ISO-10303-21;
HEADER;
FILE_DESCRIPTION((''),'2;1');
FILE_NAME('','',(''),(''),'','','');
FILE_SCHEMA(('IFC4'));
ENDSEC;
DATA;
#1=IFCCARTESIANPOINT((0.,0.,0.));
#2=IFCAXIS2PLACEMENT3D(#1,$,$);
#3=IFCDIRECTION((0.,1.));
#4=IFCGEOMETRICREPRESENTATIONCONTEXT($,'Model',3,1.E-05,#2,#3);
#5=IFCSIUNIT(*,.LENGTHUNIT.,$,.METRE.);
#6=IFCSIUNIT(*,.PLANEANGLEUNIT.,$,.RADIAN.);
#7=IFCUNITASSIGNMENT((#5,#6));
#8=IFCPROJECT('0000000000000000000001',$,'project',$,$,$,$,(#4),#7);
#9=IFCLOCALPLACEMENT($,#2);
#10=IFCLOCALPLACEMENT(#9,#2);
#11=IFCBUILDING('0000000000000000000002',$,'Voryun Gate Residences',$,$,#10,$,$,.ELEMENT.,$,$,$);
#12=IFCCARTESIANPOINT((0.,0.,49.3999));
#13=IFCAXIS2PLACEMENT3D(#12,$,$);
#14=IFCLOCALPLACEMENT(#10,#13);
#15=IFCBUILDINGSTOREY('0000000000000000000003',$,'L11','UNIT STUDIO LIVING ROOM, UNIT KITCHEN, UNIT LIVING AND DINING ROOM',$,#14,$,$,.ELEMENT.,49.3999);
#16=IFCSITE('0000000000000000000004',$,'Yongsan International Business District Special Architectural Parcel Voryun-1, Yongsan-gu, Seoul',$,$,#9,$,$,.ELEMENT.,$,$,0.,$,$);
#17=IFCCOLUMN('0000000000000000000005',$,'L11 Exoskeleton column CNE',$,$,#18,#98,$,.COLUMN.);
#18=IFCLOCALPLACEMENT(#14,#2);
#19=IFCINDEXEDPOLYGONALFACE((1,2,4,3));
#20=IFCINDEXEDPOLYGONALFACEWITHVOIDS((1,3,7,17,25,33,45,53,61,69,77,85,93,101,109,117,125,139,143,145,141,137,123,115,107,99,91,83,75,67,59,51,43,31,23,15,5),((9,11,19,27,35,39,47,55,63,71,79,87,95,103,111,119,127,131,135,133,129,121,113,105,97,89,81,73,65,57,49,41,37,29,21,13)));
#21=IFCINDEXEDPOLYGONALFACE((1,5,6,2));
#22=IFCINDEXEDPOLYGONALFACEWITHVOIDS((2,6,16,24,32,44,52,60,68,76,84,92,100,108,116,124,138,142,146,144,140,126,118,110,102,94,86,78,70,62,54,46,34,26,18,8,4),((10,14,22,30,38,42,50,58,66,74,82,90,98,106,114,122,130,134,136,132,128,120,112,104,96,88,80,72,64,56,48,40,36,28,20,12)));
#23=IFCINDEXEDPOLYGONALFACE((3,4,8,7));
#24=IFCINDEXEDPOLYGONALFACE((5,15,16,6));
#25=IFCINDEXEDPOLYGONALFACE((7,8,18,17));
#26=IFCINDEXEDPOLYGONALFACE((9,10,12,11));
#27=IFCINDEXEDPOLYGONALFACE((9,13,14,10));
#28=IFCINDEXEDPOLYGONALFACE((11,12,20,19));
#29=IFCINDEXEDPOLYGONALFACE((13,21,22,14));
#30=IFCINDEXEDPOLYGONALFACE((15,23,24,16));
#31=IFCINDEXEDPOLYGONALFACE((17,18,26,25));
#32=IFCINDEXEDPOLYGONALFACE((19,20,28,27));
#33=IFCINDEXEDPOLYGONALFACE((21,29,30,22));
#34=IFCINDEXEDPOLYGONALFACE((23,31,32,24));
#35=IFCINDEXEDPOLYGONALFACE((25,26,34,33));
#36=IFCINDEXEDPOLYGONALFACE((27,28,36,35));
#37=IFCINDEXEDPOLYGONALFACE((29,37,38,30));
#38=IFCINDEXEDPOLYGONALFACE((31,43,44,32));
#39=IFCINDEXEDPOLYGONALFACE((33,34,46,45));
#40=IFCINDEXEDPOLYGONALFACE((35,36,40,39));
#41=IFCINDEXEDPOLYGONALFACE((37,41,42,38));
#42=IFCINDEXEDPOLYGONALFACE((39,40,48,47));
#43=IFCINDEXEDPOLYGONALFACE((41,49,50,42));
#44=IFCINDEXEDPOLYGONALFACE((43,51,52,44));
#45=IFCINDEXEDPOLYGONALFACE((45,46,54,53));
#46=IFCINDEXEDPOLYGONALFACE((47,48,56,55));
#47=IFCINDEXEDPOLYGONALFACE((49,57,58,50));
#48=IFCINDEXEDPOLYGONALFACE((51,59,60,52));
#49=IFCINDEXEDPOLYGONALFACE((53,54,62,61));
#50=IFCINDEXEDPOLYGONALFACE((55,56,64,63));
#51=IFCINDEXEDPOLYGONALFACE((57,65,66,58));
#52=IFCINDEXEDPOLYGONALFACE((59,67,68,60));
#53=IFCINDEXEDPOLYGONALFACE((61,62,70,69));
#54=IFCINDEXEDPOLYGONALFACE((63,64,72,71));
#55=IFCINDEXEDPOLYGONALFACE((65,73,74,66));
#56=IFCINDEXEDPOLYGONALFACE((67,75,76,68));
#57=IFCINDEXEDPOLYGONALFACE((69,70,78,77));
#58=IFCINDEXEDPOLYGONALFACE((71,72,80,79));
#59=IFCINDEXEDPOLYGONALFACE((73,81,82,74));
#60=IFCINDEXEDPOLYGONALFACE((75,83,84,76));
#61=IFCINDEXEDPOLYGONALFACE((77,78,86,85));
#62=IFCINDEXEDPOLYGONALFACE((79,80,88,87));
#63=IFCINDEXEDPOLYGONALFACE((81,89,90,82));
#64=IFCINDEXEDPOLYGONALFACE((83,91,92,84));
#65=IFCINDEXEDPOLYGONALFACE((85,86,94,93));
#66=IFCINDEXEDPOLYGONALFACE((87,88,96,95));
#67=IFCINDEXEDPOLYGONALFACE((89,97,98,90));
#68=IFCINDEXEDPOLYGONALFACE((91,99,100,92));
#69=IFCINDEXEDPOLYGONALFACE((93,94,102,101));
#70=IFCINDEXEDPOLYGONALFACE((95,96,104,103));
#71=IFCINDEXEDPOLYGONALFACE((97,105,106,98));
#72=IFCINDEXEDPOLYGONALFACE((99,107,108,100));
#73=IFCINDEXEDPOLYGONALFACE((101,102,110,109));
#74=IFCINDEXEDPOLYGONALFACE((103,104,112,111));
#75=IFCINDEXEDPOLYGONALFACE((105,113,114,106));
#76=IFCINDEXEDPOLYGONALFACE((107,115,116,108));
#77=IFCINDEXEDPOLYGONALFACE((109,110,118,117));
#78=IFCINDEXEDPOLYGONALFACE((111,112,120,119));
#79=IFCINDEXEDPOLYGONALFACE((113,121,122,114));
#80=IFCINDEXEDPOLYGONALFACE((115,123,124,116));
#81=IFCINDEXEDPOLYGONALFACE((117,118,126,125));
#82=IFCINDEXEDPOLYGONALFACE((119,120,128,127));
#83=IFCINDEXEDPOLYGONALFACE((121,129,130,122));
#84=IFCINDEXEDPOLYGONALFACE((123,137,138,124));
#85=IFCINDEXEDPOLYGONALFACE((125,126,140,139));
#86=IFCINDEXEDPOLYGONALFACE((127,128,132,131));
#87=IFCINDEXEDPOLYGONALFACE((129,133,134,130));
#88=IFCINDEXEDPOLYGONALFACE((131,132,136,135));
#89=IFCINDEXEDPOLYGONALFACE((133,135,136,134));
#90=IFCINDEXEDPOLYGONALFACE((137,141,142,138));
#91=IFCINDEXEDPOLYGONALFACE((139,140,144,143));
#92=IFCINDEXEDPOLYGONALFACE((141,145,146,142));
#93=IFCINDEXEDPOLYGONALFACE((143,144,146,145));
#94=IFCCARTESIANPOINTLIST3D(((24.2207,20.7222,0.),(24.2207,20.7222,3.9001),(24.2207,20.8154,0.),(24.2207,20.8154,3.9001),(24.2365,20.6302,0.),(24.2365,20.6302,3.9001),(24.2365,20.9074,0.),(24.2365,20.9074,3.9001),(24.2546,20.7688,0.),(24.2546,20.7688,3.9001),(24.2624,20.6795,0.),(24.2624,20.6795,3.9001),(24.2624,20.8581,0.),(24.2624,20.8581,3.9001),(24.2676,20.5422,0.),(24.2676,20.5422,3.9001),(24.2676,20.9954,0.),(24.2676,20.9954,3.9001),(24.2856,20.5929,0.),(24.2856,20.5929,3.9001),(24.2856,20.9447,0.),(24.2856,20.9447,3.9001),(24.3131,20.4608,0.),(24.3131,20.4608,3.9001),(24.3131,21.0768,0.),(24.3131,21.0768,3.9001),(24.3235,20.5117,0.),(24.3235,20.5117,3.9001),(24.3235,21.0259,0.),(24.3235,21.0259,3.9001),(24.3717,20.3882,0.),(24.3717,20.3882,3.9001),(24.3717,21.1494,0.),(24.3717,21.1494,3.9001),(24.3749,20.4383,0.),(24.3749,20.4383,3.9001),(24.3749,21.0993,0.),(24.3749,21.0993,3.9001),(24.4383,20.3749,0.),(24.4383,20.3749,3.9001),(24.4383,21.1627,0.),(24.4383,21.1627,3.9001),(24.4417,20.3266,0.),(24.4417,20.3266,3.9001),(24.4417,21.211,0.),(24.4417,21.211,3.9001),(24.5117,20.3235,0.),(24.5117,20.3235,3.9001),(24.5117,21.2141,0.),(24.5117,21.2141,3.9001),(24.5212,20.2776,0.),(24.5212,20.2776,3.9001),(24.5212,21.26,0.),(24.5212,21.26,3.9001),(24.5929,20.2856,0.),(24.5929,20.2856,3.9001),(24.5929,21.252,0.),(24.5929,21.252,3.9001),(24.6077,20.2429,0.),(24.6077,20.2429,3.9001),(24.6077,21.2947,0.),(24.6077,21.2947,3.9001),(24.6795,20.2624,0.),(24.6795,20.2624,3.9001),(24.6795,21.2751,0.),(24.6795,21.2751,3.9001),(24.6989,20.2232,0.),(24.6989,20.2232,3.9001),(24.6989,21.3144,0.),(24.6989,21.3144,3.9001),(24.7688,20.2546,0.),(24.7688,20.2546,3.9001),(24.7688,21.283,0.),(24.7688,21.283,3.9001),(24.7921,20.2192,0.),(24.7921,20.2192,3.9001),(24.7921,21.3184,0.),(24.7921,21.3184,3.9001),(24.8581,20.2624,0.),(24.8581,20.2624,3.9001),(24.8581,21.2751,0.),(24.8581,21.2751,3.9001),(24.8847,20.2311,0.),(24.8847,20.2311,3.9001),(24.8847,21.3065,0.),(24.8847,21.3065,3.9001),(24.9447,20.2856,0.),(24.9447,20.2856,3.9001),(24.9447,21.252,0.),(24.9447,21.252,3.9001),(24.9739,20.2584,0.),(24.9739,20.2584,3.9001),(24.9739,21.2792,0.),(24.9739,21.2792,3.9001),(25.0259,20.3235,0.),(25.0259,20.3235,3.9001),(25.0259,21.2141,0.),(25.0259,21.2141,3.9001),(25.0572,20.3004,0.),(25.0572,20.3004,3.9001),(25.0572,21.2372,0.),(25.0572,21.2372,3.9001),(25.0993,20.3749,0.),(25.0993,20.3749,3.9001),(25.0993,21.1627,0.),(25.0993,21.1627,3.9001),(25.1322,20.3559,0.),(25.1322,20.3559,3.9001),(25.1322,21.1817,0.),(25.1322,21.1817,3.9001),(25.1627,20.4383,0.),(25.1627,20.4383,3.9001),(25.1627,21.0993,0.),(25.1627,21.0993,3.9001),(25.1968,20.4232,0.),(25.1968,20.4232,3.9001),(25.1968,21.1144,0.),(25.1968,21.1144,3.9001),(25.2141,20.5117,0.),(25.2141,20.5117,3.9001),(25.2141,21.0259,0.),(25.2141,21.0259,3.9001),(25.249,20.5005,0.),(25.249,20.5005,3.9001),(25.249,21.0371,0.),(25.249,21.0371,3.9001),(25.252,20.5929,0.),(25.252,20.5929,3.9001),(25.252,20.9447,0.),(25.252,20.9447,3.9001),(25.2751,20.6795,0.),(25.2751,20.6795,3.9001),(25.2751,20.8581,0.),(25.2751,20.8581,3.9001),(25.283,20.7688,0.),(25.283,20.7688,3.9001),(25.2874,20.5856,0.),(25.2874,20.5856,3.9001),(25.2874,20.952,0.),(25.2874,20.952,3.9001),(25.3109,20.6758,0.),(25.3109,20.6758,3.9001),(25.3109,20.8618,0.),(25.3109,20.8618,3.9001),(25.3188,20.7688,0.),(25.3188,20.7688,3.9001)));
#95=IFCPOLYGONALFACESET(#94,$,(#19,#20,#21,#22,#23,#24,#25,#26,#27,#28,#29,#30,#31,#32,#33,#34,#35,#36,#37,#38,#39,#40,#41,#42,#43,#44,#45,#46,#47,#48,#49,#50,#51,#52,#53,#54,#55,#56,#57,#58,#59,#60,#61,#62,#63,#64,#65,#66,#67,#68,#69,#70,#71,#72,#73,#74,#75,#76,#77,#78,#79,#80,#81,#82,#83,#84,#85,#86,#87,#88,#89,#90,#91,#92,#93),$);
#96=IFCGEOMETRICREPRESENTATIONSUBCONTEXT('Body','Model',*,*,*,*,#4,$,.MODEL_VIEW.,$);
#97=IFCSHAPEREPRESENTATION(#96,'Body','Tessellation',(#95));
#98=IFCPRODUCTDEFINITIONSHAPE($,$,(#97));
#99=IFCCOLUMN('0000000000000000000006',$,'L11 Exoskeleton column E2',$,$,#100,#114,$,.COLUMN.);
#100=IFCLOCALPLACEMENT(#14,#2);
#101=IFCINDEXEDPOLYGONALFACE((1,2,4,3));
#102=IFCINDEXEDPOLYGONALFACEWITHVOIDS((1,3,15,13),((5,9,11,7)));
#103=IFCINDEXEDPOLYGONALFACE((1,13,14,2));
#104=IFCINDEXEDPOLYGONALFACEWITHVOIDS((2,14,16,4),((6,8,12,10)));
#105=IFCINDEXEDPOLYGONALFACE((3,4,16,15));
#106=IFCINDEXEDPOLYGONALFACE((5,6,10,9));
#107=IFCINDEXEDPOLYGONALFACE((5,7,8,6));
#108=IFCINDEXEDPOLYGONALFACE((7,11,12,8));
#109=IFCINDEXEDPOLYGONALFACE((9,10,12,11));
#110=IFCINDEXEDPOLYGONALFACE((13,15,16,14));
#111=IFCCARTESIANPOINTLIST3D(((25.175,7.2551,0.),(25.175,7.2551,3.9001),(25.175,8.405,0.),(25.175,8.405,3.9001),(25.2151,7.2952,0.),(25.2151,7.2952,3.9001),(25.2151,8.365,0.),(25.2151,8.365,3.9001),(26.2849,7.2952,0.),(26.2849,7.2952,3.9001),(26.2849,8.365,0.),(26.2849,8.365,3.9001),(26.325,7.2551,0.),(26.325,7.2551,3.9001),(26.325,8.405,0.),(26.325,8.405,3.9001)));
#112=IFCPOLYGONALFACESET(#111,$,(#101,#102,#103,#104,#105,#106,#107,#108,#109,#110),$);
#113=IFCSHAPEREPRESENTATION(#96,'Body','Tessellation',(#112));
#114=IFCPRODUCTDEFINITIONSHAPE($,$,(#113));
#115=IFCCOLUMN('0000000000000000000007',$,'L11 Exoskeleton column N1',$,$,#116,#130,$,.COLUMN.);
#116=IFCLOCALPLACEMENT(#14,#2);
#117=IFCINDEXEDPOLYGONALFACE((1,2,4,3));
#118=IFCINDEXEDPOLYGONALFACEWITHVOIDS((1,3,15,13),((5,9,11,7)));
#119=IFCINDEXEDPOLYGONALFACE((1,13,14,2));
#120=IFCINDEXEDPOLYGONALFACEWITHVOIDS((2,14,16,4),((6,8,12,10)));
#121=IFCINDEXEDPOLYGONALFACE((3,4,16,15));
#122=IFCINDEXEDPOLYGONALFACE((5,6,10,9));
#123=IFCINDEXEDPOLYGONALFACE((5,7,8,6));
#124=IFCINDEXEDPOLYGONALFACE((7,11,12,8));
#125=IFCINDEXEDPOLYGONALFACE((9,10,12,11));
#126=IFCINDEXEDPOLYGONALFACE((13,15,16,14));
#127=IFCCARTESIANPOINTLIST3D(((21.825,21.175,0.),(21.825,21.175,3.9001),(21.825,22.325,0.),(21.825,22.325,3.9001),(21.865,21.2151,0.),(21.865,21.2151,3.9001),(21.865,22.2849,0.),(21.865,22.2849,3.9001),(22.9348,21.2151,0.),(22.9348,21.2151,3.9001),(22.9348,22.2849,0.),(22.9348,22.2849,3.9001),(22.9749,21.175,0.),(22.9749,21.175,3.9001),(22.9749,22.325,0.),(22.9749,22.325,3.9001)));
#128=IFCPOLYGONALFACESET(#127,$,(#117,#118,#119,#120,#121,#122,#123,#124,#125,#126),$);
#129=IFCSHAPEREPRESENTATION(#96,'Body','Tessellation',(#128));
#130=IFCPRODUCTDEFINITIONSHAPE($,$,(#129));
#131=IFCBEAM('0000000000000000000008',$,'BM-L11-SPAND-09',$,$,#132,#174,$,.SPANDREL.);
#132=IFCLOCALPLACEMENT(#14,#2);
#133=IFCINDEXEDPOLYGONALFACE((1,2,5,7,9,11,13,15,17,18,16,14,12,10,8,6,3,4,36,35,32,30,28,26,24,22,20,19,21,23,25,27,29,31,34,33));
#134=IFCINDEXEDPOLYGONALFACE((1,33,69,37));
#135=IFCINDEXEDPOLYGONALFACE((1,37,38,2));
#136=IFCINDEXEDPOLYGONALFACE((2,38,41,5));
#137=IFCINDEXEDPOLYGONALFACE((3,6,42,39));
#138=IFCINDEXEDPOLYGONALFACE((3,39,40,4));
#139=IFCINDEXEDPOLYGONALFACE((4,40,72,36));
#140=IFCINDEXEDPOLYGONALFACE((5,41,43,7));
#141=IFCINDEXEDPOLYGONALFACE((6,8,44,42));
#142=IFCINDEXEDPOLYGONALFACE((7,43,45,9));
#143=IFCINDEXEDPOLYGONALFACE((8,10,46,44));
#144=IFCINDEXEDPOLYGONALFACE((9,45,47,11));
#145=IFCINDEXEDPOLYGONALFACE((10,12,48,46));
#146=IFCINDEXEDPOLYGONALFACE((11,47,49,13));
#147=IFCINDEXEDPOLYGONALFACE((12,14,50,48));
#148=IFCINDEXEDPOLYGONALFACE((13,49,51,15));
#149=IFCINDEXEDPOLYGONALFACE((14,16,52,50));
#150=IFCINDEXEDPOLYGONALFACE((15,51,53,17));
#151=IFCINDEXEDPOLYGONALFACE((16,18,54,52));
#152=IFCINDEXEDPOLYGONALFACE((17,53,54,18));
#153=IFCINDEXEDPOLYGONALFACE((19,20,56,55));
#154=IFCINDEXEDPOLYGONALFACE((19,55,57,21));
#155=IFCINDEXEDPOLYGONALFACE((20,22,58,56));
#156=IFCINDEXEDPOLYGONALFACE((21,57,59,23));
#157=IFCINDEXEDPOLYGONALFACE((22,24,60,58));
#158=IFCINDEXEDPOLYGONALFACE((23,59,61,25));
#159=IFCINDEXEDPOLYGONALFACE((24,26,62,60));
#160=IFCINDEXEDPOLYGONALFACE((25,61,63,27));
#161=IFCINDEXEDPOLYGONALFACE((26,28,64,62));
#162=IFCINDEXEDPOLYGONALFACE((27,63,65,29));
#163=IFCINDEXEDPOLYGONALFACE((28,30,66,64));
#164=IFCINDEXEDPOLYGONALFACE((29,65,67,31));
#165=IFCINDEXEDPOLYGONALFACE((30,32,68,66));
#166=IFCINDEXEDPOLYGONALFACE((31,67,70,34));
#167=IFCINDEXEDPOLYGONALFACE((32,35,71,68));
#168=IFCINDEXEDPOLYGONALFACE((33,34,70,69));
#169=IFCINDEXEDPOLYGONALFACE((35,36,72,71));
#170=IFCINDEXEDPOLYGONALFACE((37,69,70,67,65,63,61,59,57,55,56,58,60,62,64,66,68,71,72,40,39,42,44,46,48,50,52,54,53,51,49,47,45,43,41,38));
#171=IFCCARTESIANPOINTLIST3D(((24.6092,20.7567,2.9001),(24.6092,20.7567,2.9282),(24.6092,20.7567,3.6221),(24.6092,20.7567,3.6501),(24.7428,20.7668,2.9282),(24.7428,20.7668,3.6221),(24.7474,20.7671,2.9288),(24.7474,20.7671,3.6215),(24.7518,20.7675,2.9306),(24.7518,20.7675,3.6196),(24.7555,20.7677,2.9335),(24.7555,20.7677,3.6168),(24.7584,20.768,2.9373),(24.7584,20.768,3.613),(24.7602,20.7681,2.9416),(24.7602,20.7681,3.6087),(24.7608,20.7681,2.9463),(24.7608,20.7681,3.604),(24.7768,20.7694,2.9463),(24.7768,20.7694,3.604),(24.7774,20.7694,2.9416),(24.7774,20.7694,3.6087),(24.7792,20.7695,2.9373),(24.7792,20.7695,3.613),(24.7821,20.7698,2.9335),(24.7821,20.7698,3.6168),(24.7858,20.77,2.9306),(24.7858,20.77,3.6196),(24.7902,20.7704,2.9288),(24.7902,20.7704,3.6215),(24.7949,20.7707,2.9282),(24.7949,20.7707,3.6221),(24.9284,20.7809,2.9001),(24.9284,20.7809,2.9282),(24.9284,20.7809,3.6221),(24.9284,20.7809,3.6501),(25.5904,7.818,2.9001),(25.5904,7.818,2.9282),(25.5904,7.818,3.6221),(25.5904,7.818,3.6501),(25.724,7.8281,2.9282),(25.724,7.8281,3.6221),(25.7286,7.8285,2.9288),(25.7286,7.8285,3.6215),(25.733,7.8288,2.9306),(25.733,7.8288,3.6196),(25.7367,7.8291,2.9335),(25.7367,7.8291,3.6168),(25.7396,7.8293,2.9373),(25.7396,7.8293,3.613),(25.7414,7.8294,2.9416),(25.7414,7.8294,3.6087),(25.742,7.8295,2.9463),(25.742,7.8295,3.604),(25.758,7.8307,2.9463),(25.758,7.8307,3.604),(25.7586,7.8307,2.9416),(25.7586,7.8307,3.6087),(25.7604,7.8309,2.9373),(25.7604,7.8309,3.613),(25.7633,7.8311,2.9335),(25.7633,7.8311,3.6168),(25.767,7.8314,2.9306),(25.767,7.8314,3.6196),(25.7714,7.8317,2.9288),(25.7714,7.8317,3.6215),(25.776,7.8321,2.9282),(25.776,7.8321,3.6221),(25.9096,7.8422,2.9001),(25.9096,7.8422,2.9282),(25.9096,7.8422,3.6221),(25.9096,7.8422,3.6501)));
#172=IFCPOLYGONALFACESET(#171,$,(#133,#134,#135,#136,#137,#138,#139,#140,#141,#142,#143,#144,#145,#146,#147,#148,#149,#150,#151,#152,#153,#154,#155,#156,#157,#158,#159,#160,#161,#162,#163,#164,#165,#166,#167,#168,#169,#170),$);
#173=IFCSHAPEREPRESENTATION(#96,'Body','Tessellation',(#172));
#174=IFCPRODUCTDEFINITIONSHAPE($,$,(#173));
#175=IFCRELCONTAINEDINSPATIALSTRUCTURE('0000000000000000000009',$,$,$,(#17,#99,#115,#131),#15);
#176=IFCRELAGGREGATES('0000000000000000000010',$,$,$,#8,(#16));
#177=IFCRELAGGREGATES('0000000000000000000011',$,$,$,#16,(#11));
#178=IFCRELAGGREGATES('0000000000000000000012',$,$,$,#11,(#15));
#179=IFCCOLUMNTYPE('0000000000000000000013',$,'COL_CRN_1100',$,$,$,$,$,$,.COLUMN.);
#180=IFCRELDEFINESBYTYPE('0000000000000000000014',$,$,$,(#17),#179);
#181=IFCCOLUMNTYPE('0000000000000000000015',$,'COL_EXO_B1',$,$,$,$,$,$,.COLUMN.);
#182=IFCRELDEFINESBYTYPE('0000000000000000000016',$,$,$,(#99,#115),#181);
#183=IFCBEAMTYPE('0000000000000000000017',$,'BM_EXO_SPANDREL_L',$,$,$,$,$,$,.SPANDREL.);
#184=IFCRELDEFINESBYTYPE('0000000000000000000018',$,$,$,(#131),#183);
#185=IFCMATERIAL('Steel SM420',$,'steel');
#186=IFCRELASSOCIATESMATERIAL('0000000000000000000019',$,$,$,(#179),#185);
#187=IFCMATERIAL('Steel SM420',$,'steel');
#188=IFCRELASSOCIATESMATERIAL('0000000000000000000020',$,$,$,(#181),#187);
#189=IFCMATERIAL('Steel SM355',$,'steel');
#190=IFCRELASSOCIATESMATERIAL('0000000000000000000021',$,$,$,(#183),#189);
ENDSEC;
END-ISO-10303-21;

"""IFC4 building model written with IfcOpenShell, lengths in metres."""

from ifc_helpers import new_model, si_unit, direction, frame, origin, origin_2d, place, context, subcontext, project, spatial, hollow_rectangle, hollow_circle, i_section, extrude, material, material_profile, profile_set, type_object, element, save


model = new_model("IFC4")

# Units and contexts
model_context = context("Model", 3, precision=1e-05, world=origin(), true_north=direction((0.0, 1.0)))
body_context = subcontext(model_context, "Body", "Model", "MODEL_VIEW")
ifc_project = project(units=[si_unit("LENGTHUNIT", "METRE"), si_unit("PLANEANGLEUNIT", "RADIAN")], contexts=[model_context])

# Site, building, storey
site_placement = place(None, origin())
site = spatial("IfcSite", under=ifc_project, at=site_placement, Name="Yongsan International Business District Special Architectural Parcel Voryun-1, Yongsan-gu, Seoul", CompositionType="ELEMENT", RefElevation=0.0)
building_placement = place(site_placement, origin())
building = spatial("IfcBuilding", under=site, at=building_placement, Name="Voryun Gate Residences", CompositionType="ELEMENT")
storey_placement = place(building_placement, frame((0.0, 0.0, 49.3999)))
storey = spatial("IfcBuildingStorey", under=building, at=storey_placement, Name="L11", Description="UNIT STUDIO LIVING ROOM, UNIT KITCHEN, UNIT LIVING AND DINING ROOM", CompositionType="ELEMENT", Elevation=49.3999)

# Columns
ifc_material_1 = material(Name="Steel SM420", Category="steel")
ifc_material_profile_1 = material_profile(ifc_material_1, hollow_circle(Radius=0.55, WallThickness=0.0359, at=origin_2d()), Name="CHS-1100x36")
ifc_profile_set_1 = profile_set([ifc_material_profile_1], Name="Steel SM420")
column_type_1 = type_object("IfcColumnType", Name="COL_CRN_1100", PredefinedType="COLUMN", material=ifc_profile_set_1)
column_placement = place(storey_placement, frame((24.7688, 20.7688, 0.0), z_axis=(0.0, 0.0, 1.0), x_axis=(1.0, 0.0, 0.0)))
element("IfcColumn", 1, at=column_placement, inside=storey, type_object=column_type_1, Name="L11 Exoskeleton column CNE", PredefinedType="COLUMN", context=body_context, shape_type="SweptSolid", body=[
    extrude(hollow_circle(Radius=0.55, WallThickness=0.0359, at=origin_2d()), origin(), (0.0, 0.0, 1.0), 3.9001),
])
ifc_material_2 = material(Name="Steel SM420", Category="steel")
ifc_material_profile_2 = material_profile(ifc_material_2, hollow_rectangle(XDim=1.1499, YDim=1.1499, WallThickness=0.04, at=origin_2d()), Name="BOX-1150x1150x40")
ifc_profile_set_2 = profile_set([ifc_material_profile_2], Name="Steel SM420")
column_type_2 = type_object("IfcColumnType", Name="COL_EXO_B1", PredefinedType="COLUMN", material=ifc_profile_set_2)
for number, where, z_axis, x_axis, name in (
    (2, (25.75, 7.8301, 0.0), (0.0, 0.0, 1.0), (1.0, 0.0, 0.0), "L11 Exoskeleton column E2"),
    (3, (22.3999, 21.75, 0.0), (0.0, 0.0, 1.0), (1.0, 0.0, 0.0), "L11 Exoskeleton column N1"),
):
    element("IfcColumn", number, at=place(storey_placement, frame(where, z_axis=z_axis, x_axis=x_axis)), inside=storey, type_object=column_type_2, Name=name, PredefinedType="COLUMN", context=body_context, shape_type="SweptSolid", body=[
        extrude(hollow_rectangle(XDim=1.1499, YDim=1.1499, WallThickness=0.04, at=origin_2d()), origin(), (0.0, 0.0, 1.0), 3.9001),
    ])

# Beam
ifc_material_3 = material(Name="Steel SM355", Category="steel")
ifc_material_profile_3 = material_profile(ifc_material_3, i_section(OverallWidth=0.3201, OverallDepth=0.75, WebThickness=0.0161, FlangeThickness=0.0281, FilletRadius=0.0181, at=origin_2d()), Name="H-750x320x16x28")
ifc_profile_set_3 = profile_set([ifc_material_profile_3], Name="Steel SM355")
beam_type = type_object("IfcBeamType", Name="BM_EXO_SPANDREL_L", PredefinedType="SPANDREL", material=ifc_profile_set_3)
beam_1_placement = place(storey_placement, frame((25.75, 7.8301, 3.2751), z_axis=(-0.075617, 0.997137, 0.0), x_axis=(-0.997137, -0.075617, 0.0)))
element("IfcBeam", 4, at=beam_1_placement, inside=storey, type_object=beam_type, Name="BM-L11-SPAND-09", PredefinedType="SPANDREL", context=body_context, shape_type="SweptSolid", body=[
    extrude(i_section(OverallWidth=0.3201, OverallDepth=0.75, WebThickness=0.0161, FlangeThickness=0.0281, FilletRadius=0.0181, at=origin_2d()), origin(), (0.0, 0.0, 1.0), 12.9758),
])

save(model, "model.ifc")
